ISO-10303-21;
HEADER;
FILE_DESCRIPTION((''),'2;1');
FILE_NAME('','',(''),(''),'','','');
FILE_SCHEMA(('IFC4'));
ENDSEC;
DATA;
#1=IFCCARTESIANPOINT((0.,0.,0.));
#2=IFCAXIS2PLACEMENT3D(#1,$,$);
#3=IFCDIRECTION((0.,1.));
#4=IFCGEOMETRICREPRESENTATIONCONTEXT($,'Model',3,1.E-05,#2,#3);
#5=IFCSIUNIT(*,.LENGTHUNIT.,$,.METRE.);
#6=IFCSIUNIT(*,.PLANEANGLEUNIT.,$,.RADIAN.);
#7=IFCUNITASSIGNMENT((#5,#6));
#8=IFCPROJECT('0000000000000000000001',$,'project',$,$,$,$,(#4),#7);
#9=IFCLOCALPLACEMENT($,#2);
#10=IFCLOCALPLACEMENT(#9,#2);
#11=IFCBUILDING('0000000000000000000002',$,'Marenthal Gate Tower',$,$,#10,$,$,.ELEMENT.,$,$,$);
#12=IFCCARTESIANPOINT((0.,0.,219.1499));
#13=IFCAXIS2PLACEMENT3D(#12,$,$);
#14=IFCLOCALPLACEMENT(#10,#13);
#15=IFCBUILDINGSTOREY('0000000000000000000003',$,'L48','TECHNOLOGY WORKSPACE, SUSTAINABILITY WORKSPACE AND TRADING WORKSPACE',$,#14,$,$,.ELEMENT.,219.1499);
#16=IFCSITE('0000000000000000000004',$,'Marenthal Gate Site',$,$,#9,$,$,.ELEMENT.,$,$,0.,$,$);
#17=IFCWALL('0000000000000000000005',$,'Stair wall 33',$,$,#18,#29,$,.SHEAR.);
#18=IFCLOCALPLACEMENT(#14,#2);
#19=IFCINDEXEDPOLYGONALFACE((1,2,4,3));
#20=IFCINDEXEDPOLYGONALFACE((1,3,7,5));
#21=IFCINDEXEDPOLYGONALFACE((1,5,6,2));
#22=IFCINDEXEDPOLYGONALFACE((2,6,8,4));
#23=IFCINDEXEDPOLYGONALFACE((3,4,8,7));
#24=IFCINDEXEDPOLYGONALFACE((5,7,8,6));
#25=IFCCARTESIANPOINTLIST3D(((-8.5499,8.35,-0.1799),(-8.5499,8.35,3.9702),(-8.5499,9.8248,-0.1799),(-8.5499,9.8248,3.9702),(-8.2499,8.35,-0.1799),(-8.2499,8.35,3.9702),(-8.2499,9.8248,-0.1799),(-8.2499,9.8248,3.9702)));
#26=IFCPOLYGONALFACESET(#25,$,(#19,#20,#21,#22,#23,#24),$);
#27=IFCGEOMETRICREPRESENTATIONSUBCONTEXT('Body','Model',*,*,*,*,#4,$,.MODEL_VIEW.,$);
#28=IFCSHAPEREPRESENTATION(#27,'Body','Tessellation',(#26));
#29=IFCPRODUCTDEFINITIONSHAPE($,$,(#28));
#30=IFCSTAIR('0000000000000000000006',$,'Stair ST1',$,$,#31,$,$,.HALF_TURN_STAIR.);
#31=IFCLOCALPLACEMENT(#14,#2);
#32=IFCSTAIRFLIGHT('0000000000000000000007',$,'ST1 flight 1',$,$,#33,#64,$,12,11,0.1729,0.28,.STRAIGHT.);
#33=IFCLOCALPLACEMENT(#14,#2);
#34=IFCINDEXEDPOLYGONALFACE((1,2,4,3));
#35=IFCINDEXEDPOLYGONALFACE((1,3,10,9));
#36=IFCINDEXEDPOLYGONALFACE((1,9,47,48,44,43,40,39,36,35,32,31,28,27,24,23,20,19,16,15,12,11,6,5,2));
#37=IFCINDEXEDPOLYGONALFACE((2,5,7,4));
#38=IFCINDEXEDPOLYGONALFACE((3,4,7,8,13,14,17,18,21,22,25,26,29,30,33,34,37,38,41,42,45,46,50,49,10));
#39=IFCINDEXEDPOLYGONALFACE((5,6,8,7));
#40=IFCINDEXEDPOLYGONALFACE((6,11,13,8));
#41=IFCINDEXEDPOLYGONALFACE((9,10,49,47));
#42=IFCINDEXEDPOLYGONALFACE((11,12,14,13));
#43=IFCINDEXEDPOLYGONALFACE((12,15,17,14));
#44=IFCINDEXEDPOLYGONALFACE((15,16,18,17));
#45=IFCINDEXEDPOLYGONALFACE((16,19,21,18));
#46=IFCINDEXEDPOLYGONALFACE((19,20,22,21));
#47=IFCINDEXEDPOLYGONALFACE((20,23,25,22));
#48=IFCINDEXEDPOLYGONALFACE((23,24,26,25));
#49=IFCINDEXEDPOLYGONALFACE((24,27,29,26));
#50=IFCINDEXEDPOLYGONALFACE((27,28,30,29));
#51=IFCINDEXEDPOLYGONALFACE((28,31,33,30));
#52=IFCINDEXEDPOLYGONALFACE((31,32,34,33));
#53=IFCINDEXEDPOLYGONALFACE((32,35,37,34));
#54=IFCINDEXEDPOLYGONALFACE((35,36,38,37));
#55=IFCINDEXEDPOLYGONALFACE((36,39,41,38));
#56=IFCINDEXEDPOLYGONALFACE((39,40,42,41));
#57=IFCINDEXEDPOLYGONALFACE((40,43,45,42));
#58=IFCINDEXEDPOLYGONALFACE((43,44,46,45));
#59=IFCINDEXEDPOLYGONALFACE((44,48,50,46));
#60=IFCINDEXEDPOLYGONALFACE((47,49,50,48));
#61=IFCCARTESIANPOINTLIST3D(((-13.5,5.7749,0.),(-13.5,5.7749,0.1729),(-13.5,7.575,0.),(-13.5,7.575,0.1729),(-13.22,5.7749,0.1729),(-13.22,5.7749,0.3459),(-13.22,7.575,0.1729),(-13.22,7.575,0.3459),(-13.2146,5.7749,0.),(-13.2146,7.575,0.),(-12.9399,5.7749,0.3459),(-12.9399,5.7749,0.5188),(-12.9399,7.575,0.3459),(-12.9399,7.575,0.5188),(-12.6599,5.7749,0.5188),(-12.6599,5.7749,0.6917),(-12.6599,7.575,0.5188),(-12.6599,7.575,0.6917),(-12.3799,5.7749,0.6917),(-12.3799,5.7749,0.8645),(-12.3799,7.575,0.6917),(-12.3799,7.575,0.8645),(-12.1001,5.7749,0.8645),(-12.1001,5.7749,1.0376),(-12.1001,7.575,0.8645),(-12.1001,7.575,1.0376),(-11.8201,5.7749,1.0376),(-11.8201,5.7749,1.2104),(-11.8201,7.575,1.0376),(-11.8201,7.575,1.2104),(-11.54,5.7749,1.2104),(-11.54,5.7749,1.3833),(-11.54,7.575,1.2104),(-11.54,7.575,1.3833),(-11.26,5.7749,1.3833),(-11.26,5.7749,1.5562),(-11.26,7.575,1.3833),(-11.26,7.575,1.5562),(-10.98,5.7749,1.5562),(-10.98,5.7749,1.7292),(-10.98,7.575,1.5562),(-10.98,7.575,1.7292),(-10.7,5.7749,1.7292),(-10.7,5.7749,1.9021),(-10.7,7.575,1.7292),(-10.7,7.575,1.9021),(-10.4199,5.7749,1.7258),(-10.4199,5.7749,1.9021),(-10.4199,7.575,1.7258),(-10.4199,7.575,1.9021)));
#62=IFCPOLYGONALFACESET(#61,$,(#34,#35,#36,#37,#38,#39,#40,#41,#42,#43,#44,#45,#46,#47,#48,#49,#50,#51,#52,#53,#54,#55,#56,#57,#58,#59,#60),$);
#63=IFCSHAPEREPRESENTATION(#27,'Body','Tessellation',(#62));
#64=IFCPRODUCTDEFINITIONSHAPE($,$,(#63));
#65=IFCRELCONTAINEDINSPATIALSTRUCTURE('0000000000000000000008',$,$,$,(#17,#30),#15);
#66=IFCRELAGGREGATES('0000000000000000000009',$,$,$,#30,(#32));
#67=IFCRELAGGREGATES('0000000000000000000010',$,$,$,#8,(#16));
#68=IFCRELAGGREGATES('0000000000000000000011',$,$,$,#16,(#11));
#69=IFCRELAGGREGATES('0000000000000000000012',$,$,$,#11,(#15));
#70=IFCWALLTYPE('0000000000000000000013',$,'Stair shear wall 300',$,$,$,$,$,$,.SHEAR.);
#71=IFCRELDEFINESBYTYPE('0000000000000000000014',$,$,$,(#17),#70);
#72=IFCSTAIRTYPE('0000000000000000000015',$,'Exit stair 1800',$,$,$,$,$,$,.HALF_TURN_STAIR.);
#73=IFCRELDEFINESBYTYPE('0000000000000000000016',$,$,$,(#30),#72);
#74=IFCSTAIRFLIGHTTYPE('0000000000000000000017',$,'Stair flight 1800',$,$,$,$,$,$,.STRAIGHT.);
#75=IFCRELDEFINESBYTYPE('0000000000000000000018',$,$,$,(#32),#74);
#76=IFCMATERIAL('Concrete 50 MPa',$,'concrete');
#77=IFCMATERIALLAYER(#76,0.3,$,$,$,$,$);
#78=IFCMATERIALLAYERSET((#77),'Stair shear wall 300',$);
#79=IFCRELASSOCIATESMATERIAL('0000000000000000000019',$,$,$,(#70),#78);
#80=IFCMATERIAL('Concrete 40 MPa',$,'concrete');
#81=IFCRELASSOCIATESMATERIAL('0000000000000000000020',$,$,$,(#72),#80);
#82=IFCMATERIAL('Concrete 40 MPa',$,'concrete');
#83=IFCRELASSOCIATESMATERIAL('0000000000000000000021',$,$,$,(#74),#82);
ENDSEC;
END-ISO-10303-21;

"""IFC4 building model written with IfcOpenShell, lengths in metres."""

from ifc_helpers import new_model, si_unit, direction, frame, frame_2d, origin, place, context, subcontext, project, spatial, polyline, rectangle, outline, extrude, material, layer, layer_set, type_object, element, aggregate, save


model = new_model("IFC4")

# Units and contexts
model_context = context("Model", 3, precision=1e-05, world=origin(), true_north=direction((0.0, 1.0)))
body_context = subcontext(model_context, "Body", "Model", "MODEL_VIEW")
ifc_project = project(units=[si_unit("LENGTHUNIT", "METRE"), si_unit("PLANEANGLEUNIT", "RADIAN")], contexts=[model_context])

# Site, building, storey
site_placement = place(None, origin())
site = spatial("IfcSite", under=ifc_project, at=site_placement, Name="Marenthal Gate Site", CompositionType="ELEMENT", RefElevation=0.0)
building_placement = place(site_placement, origin())
building = spatial("IfcBuilding", under=site, at=building_placement, Name="Marenthal Gate Tower", CompositionType="ELEMENT")
storey_placement = place(building_placement, frame((0.0, 0.0, 219.1499)))
storey = spatial("IfcBuildingStorey", under=building, at=storey_placement, Name="L48", Description="TECHNOLOGY WORKSPACE, SUSTAINABILITY WORKSPACE AND TRADING WORKSPACE", CompositionType="ELEMENT", Elevation=219.1499)

# Wall
ifc_material_1 = material(Name="Concrete 50 MPa", Category="concrete")
ifc_layer_1 = layer(ifc_material_1, 0.3)
ifc_layer_set_1 = layer_set([ifc_layer_1], Name="Stair shear wall 300")
wall_type_1 = type_object("IfcWallType", Name="Stair shear wall 300", PredefinedType="SHEAR", material=ifc_layer_set_1)
wall_1_placement = place(storey_placement, frame((-8.3999, 8.3501, -0.1799), z_axis=(0.0, 0.0, 1.0), x_axis=(0.0, 1.0, 0.0)))
element("IfcWall", 1, at=wall_1_placement, inside=storey, type_object=wall_type_1, Name="Stair wall 33", PredefinedType="SHEAR", context=body_context, shape_type="SweptSolid", body=[
    extrude(rectangle(XDim=1.4749, YDim=0.3, at=frame_2d((0.7373, 0.0))), origin(), (0.0, 0.0, 1.0), 4.1501),
])

# Stair, stair flight
ifc_material_2 = material(Name="Concrete 40 MPa", Category="concrete")
stair_type = type_object("IfcStairType", Name="Exit stair 1800", PredefinedType="HALF_TURN_STAIR", material=ifc_material_2)
stair_placement = place(storey_placement, origin())
stair = element("IfcStair", 2, at=stair_placement, inside=storey, type_object=stair_type, Name="Stair ST1", PredefinedType="HALF_TURN_STAIR")
ifc_material_3 = material(Name="Concrete 40 MPa", Category="concrete")
stair_flight_type = type_object("IfcStairFlightType", Name="Stair flight 1800", PredefinedType="STRAIGHT", material=ifc_material_3)
stair_flight_placement = place(storey_placement, frame((-13.5, 6.675, 0.0), z_axis=(0.0, 0.0, 1.0), x_axis=(1.0, 0.0, 0.0)))
stair_flight = element("IfcStairFlight", 3, at=stair_flight_placement, type_object=stair_flight_type, Name="ST1 flight 1", NumberOfRisers=12, NumberOfTreads=11, PredefinedType="STRAIGHT", RiserHeight=0.1729, TreadLength=0.28, context=body_context, shape_type="SweptSolid", body=[
    extrude(outline(polyline([(0.0, 0.0), (0.0, 0.1729), (0.28, 0.1729), (0.28, 0.3459), (0.5601, 0.3459), (0.5601, 0.5188), (0.8401, 0.5188), (0.8401, 0.6917), (1.1201, 0.6917), (1.1201, 0.8645), (1.3999, 0.8645), (1.3999, 1.0376), (1.6799, 1.0376), (1.6799, 1.2104), (1.96, 1.2104), (1.96, 1.3833), (2.24, 1.3833), (2.24, 1.5562), (2.52, 1.5562), (2.52, 1.7292), (2.8, 1.7292), (2.8, 1.9021), (3.0801, 1.9021), (3.0801, 2.075), (3.0801, 1.7258), (0.2854, 0.0), (0.0, 0.0)])), frame((0.0, 0.8999, 0.0), z_axis=(0.0, -1.0, 0.0), x_axis=(1.0, 0.0, 0.0)), (0.0, 0.0, 1.0), 1.8),
])
aggregate(stair, [stair_flight])

save(model, "model.ifc")
